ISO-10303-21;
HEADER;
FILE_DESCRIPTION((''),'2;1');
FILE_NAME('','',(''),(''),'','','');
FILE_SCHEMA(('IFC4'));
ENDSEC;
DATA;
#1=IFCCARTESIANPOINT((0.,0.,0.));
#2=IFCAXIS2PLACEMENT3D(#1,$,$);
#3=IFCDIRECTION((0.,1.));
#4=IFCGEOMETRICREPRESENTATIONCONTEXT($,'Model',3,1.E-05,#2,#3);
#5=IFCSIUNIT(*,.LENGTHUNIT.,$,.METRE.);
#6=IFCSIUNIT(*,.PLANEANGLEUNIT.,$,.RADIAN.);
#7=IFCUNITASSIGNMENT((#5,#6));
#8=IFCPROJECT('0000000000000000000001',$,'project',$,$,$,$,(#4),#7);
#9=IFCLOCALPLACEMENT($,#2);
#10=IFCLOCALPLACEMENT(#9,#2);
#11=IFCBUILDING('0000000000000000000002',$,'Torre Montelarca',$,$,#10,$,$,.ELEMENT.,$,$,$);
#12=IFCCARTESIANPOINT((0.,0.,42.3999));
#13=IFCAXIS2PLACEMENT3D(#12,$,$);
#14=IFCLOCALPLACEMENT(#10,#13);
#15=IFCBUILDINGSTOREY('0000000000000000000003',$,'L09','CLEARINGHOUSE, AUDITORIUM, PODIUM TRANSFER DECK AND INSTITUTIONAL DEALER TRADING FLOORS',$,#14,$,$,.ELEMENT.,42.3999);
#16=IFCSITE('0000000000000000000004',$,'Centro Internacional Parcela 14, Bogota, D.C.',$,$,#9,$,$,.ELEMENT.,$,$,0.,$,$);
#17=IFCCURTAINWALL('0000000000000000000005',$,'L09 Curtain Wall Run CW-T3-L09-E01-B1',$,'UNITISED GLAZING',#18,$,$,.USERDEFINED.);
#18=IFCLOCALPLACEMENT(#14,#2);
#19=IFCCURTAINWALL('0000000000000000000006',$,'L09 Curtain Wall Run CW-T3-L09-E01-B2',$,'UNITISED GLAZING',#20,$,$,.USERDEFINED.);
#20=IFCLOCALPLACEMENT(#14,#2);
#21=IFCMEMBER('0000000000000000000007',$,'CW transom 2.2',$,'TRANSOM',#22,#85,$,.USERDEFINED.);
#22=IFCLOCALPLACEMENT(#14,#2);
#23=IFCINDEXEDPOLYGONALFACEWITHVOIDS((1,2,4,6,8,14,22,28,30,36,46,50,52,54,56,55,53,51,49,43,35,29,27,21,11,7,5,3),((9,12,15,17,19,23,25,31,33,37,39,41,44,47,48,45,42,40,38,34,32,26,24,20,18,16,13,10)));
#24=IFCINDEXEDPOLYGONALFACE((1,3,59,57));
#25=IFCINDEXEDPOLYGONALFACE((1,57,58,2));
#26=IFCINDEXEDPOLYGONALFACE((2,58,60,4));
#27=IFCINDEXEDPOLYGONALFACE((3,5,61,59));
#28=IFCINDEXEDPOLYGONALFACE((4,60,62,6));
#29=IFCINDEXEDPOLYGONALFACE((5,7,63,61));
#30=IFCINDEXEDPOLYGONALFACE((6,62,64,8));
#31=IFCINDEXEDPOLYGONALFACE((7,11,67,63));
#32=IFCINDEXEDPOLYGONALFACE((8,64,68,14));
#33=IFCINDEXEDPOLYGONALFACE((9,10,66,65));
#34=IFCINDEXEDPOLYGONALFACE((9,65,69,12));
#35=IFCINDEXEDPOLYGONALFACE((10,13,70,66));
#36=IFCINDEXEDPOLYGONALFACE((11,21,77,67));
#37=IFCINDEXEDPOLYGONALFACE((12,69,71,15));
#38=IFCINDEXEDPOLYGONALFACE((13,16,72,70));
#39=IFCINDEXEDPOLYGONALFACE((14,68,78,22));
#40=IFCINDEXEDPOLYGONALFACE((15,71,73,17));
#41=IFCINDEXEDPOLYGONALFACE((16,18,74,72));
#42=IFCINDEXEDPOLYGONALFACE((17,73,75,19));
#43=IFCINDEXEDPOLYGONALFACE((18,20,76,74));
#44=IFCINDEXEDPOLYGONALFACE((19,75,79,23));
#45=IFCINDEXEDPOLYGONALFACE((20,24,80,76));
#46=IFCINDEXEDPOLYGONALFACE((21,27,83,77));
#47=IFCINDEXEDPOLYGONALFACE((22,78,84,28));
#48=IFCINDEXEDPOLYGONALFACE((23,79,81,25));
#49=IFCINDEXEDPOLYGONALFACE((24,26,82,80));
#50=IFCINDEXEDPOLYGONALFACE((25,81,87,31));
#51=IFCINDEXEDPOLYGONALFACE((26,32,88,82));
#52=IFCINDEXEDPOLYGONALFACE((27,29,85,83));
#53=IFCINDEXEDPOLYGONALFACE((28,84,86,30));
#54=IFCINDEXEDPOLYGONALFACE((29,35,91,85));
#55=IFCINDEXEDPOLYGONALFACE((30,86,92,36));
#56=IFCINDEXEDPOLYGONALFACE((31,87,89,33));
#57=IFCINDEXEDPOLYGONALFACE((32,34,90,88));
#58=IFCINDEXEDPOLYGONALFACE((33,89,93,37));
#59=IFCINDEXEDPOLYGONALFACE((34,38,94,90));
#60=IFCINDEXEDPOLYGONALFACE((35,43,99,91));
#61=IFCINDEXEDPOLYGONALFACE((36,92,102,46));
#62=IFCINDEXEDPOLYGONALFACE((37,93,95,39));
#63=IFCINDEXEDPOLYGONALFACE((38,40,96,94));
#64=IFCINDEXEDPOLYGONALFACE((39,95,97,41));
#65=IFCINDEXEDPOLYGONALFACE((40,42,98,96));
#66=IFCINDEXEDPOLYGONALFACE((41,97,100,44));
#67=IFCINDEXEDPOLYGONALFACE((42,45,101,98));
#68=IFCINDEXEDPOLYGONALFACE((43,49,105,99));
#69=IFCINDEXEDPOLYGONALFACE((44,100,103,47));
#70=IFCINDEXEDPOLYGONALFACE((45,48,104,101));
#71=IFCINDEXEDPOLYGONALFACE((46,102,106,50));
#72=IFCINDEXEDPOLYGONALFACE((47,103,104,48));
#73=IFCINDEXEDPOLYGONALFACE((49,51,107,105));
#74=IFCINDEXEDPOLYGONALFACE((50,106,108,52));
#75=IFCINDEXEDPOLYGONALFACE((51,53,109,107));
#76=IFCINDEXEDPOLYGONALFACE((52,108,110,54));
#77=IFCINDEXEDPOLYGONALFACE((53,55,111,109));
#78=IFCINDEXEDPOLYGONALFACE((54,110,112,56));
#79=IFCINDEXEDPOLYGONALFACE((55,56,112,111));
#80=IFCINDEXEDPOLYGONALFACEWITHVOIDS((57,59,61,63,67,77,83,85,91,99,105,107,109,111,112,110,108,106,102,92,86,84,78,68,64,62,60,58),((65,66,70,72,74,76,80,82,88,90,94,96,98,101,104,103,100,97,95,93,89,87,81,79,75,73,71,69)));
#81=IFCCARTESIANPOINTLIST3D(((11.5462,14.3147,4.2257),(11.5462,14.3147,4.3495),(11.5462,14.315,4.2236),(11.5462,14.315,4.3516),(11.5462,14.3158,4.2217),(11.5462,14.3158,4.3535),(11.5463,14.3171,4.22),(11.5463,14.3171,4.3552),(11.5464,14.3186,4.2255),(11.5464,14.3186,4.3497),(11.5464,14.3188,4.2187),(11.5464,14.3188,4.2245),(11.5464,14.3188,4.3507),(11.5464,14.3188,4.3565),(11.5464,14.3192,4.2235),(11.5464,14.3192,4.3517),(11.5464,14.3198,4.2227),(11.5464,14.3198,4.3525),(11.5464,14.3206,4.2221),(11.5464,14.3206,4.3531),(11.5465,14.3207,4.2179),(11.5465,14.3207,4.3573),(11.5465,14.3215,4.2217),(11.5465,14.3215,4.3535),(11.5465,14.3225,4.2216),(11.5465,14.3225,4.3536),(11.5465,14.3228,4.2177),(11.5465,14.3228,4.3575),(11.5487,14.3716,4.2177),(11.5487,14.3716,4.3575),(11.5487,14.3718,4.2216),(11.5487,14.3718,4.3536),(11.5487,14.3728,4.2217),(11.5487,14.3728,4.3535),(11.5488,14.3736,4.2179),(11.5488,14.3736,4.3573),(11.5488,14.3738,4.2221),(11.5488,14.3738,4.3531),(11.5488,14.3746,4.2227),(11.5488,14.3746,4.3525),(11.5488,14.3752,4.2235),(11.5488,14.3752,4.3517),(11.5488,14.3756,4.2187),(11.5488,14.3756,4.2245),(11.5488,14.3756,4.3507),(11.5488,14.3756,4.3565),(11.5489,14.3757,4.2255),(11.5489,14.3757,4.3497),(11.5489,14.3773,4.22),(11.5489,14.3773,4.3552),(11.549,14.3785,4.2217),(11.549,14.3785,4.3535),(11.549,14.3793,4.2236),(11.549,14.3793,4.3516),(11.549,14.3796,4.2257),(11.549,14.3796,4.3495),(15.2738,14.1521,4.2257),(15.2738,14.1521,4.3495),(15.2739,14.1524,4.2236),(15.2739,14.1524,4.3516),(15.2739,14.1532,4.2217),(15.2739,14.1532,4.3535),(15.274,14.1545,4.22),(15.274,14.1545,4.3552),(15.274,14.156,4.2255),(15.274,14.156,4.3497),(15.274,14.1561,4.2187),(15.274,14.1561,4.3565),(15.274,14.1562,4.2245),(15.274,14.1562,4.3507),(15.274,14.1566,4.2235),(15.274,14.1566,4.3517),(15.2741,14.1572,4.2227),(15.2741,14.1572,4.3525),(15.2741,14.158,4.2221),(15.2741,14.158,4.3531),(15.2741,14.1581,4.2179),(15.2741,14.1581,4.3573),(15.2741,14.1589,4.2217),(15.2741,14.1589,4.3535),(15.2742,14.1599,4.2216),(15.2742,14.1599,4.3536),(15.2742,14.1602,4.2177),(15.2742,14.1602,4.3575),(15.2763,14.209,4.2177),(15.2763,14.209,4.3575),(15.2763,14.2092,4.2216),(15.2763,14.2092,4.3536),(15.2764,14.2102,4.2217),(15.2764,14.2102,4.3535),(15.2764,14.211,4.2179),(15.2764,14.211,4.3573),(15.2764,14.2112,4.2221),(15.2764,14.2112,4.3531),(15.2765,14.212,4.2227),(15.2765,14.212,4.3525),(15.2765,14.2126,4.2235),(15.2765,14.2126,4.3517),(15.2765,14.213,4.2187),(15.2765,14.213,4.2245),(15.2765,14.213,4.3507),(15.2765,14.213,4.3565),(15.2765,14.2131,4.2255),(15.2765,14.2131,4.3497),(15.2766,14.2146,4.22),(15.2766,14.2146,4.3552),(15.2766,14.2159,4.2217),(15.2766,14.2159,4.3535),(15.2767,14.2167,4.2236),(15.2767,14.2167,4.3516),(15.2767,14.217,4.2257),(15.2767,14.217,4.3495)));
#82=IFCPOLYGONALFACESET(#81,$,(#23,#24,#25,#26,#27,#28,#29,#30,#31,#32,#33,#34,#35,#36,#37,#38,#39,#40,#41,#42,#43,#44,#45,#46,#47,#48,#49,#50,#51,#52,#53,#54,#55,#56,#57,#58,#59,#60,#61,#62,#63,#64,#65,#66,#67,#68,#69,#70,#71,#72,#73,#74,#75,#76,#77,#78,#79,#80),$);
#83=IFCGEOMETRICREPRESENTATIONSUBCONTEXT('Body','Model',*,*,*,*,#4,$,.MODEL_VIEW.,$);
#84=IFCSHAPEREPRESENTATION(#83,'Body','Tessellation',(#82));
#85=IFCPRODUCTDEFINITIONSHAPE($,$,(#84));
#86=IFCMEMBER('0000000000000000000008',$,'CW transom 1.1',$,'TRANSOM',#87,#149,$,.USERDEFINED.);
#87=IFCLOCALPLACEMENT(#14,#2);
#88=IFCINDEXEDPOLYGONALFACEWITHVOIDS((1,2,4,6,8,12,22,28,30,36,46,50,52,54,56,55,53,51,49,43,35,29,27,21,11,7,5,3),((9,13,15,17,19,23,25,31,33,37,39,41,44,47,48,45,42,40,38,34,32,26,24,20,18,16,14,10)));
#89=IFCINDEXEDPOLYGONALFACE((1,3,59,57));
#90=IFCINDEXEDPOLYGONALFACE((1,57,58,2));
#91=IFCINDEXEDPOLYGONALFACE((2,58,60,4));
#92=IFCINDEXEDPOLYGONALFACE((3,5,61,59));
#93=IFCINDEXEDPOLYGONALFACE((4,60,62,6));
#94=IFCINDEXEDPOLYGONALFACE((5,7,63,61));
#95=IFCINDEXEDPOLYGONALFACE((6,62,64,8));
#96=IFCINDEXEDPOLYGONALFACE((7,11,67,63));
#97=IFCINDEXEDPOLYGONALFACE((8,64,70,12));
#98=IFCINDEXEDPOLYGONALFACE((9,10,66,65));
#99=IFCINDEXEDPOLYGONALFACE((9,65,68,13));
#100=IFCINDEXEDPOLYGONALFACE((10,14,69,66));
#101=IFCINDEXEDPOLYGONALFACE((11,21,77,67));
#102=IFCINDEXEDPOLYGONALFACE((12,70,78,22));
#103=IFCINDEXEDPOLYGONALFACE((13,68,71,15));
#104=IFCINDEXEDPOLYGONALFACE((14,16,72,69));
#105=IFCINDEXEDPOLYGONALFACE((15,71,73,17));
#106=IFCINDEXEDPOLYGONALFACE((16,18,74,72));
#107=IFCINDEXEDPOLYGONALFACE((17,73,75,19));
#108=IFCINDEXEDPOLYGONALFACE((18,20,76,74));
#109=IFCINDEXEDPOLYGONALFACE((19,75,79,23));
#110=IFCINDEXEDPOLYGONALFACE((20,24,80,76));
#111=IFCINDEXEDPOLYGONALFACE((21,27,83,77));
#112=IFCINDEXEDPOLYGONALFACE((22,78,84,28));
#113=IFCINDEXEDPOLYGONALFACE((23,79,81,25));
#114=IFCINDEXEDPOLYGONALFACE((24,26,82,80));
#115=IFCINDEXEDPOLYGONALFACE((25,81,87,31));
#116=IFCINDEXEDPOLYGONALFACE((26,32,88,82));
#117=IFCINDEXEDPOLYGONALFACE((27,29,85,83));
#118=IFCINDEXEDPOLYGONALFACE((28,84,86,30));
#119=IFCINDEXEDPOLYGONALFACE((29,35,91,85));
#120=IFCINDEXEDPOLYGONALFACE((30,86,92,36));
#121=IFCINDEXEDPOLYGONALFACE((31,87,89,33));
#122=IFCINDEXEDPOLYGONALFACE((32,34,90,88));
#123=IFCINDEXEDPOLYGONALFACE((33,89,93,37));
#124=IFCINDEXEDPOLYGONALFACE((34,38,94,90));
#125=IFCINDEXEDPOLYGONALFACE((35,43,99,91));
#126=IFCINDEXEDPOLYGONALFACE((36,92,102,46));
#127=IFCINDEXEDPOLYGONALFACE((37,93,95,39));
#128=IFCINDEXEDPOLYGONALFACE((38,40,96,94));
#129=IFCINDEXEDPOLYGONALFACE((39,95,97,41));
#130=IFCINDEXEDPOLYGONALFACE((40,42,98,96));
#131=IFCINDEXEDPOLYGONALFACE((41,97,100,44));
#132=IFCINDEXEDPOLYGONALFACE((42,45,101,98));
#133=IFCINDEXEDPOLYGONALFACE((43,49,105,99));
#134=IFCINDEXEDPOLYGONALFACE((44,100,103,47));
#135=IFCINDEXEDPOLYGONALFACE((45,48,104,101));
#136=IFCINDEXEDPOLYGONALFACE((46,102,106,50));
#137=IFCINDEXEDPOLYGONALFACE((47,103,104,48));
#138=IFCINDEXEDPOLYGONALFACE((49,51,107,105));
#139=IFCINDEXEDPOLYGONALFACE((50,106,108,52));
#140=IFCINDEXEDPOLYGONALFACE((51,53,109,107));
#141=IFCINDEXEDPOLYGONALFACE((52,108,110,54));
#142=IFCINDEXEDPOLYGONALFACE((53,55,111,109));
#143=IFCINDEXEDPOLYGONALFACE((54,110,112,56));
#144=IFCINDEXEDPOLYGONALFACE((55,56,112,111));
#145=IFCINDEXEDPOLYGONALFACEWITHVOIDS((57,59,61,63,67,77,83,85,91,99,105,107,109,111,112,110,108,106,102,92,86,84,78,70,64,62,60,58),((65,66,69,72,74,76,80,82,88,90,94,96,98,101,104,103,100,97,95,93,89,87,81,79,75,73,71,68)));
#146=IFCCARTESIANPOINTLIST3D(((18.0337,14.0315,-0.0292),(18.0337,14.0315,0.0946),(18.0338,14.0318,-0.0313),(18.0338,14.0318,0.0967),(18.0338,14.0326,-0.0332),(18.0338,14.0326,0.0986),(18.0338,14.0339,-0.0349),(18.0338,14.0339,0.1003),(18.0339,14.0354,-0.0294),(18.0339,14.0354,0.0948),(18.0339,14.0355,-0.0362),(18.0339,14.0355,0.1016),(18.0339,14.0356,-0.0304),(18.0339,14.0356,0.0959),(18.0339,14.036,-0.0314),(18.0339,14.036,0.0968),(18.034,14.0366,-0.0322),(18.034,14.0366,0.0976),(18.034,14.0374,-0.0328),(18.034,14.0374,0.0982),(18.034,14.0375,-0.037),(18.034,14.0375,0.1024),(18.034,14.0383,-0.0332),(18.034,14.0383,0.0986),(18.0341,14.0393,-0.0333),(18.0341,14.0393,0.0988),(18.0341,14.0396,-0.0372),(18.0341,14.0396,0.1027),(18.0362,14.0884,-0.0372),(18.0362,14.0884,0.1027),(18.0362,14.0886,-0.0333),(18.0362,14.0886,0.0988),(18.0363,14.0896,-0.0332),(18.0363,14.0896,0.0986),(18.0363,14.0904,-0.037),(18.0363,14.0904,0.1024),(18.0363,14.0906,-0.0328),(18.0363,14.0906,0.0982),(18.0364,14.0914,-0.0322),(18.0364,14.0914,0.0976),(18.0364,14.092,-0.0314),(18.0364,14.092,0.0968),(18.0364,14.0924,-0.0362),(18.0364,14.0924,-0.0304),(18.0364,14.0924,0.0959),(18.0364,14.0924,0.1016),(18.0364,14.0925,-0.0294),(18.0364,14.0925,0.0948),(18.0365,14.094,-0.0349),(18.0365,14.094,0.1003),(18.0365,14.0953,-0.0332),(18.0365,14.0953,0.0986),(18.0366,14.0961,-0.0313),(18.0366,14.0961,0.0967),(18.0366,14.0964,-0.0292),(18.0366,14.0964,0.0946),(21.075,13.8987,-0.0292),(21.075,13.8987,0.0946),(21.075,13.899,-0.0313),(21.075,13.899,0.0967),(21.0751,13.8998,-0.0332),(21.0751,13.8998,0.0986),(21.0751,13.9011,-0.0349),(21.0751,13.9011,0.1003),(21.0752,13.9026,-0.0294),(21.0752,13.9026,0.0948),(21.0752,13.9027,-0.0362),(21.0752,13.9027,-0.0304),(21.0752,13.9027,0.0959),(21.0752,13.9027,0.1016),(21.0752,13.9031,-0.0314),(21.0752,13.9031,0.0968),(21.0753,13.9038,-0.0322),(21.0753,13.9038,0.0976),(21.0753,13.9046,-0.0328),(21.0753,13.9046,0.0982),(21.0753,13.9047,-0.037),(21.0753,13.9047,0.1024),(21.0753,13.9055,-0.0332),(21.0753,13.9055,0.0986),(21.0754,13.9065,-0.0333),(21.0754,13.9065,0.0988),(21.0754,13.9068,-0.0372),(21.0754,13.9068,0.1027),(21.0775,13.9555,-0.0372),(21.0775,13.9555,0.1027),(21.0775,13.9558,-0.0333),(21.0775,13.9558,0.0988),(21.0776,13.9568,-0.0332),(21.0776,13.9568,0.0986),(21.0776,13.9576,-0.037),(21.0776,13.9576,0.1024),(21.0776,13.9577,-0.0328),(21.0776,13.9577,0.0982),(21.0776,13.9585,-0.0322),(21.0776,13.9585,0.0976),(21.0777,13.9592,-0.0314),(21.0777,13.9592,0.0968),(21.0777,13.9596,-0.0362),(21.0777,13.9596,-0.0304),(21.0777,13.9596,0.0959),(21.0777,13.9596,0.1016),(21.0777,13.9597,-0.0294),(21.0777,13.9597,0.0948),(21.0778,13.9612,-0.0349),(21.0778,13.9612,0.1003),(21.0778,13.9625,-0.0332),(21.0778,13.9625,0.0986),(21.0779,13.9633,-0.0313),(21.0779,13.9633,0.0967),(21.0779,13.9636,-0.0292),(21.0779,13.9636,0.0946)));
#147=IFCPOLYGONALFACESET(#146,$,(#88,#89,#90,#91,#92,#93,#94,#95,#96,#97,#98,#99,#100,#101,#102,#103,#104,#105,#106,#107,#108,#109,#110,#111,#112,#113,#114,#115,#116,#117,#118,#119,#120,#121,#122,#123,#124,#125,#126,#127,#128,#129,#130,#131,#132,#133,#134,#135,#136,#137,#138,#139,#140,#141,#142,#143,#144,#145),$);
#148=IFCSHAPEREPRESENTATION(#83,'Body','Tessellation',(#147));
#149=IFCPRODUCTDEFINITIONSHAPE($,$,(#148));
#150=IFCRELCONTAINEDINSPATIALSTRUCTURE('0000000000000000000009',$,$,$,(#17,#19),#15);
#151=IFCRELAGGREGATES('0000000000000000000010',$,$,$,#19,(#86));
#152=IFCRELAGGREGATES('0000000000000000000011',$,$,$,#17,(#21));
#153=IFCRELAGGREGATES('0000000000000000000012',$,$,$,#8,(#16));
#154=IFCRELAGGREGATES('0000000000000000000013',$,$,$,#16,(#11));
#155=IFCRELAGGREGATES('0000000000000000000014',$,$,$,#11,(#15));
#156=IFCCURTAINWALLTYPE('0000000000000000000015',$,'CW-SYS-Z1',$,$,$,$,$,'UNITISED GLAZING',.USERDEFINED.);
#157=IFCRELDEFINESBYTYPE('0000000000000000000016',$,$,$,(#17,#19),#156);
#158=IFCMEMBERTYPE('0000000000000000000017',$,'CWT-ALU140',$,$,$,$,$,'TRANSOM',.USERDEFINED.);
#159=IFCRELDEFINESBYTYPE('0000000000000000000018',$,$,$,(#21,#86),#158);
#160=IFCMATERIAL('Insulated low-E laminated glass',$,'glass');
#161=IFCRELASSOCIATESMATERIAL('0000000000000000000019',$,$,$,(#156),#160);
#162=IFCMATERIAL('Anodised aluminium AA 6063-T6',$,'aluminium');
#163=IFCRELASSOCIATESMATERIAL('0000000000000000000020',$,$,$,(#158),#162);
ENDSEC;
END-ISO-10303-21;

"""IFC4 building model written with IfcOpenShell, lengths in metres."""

from ifc_helpers import new_model, si_unit, direction, frame, origin, origin_2d, place, context, subcontext, project, spatial, hollow_rectangle, extrude, source, transform, mapped, material, material_profile, profile_set, type_object, element, aggregate, save


model = new_model("IFC4")

# Units and contexts
model_context = context("Model", 3, precision=1e-05, world=origin(), true_north=direction((0.0, 1.0)))
body_context = subcontext(model_context, "Body", "Model", "MODEL_VIEW")
ifc_project = project(units=[si_unit("LENGTHUNIT", "METRE"), si_unit("PLANEANGLEUNIT", "RADIAN")], contexts=[model_context])

# Site, building, storey
site_placement = place(None, origin())
site = spatial("IfcSite", under=ifc_project, at=site_placement, Name="Centro Internacional Parcela 14, Bogota, D.C.", CompositionType="ELEMENT", RefElevation=0.0)
building_placement = place(site_placement, origin())
building = spatial("IfcBuilding", under=site, at=building_placement, Name="Torre Montelarca", CompositionType="ELEMENT")
storey_placement = place(building_placement, frame((0.0, 0.0, 42.3999)))
storey = spatial("IfcBuildingStorey", under=building, at=storey_placement, Name="L09", Description="CLEARINGHOUSE, AUDITORIUM, PODIUM TRANSFER DECK AND INSTITUTIONAL DEALER TRADING FLOORS", CompositionType="ELEMENT", Elevation=42.3999)

# Curtain wall
ifc_material_1 = material(Name="Insulated low-E laminated glass", Category="glass")
curtain_wall_type = type_object("IfcCurtainWallType", Name="CW-SYS-Z1", ElementType="UNITISED GLAZING", PredefinedType="USERDEFINED", material=ifc_material_1)
curtain_wall_1_placement = place(storey_placement, origin())
curtain_wall_1 = element("IfcCurtainWall", 1, at=curtain_wall_1_placement, inside=storey, type_object=curtain_wall_type, Name="L09 Curtain Wall Run CW-T3-L09-E01-B1", ObjectType="UNITISED GLAZING", PredefinedType="USERDEFINED")
ifc_material_2 = material(Name="Anodised aluminium AA 6063-T6", Category="aluminium")

# Curtain wall
curtain_wall_2_placement = place(storey_placement, origin())
curtain_wall_2 = element("IfcCurtainWall", 2, at=curtain_wall_2_placement, inside=storey, type_object=curtain_wall_type, Name="L09 Curtain Wall Run CW-T3-L09-E01-B2", ObjectType="UNITISED GLAZING", PredefinedType="USERDEFINED")

# Members
ifc_material_profile_1 = material_profile(ifc_material_2, hollow_rectangle(XDim=0.0649, YDim=0.1399, WallThickness=0.0039, InnerFilletRadius=0.0039, OuterFilletRadius=0.0081, at=origin_2d()), Name="ALU65X140X4", Category="aluminium")
ifc_profile_set_1 = profile_set([ifc_material_profile_1], Name="Anodised aluminium AA 6063-T6")
member_type_1 = type_object("IfcMemberType", Name="CWT-ALU140", ElementType="TRANSOM", PredefinedType="USERDEFINED", material=ifc_profile_set_1)
shared_shape_1 = source(origin(), body_context, "Body", "SweptSolid", [
    extrude(hollow_rectangle(XDim=0.0649, YDim=0.1399, WallThickness=0.0039, InnerFilletRadius=0.0039, OuterFilletRadius=0.0081, at=origin_2d()), origin(), (0.0, 0.0, 1.0), 3.7312),
])
member_1_placement = place(storey_placement, frame((11.5476, 14.3472, 4.2876), z_axis=(0.99905, -0.043579, 0.0), x_axis=(0.043579, 0.99905, 0.0)))
member_1 = element("IfcMember", 3, at=member_1_placement, type_object=member_type_1, Name="CW transom 2.2", ObjectType="TRANSOM", PredefinedType="USERDEFINED", context=body_context, shape_type="MappedRepresentation", body=[
    mapped(shared_shape_1, transform((0.0, 0.0, 0.0), scale=1.0)),
])
shared_shape_2 = source(origin(), body_context, "Body", "SweptSolid", [
    extrude(hollow_rectangle(XDim=0.0649, YDim=0.1399, WallThickness=0.0039, InnerFilletRadius=0.0039, OuterFilletRadius=0.0081, at=origin_2d()), origin(), (0.0, 0.0, 1.0), 3.0442),
])
member_2_placement = place(storey_placement, frame((18.0352, 14.064, 0.0327), z_axis=(0.999048, -0.043629, 0.0), x_axis=(0.043629, 0.999048, 0.0)))
member_2 = element("IfcMember", 4, at=member_2_placement, type_object=member_type_1, Name="CW transom 1.1", ObjectType="TRANSOM", PredefinedType="USERDEFINED", context=body_context, shape_type="MappedRepresentation", body=[
    mapped(shared_shape_2, transform((0.0, 0.0, 0.0), scale=1.0)),
])
aggregate(curtain_wall_2, [member_2])

aggregate(curtain_wall_1, [member_1])

save(model, "model.ifc")
